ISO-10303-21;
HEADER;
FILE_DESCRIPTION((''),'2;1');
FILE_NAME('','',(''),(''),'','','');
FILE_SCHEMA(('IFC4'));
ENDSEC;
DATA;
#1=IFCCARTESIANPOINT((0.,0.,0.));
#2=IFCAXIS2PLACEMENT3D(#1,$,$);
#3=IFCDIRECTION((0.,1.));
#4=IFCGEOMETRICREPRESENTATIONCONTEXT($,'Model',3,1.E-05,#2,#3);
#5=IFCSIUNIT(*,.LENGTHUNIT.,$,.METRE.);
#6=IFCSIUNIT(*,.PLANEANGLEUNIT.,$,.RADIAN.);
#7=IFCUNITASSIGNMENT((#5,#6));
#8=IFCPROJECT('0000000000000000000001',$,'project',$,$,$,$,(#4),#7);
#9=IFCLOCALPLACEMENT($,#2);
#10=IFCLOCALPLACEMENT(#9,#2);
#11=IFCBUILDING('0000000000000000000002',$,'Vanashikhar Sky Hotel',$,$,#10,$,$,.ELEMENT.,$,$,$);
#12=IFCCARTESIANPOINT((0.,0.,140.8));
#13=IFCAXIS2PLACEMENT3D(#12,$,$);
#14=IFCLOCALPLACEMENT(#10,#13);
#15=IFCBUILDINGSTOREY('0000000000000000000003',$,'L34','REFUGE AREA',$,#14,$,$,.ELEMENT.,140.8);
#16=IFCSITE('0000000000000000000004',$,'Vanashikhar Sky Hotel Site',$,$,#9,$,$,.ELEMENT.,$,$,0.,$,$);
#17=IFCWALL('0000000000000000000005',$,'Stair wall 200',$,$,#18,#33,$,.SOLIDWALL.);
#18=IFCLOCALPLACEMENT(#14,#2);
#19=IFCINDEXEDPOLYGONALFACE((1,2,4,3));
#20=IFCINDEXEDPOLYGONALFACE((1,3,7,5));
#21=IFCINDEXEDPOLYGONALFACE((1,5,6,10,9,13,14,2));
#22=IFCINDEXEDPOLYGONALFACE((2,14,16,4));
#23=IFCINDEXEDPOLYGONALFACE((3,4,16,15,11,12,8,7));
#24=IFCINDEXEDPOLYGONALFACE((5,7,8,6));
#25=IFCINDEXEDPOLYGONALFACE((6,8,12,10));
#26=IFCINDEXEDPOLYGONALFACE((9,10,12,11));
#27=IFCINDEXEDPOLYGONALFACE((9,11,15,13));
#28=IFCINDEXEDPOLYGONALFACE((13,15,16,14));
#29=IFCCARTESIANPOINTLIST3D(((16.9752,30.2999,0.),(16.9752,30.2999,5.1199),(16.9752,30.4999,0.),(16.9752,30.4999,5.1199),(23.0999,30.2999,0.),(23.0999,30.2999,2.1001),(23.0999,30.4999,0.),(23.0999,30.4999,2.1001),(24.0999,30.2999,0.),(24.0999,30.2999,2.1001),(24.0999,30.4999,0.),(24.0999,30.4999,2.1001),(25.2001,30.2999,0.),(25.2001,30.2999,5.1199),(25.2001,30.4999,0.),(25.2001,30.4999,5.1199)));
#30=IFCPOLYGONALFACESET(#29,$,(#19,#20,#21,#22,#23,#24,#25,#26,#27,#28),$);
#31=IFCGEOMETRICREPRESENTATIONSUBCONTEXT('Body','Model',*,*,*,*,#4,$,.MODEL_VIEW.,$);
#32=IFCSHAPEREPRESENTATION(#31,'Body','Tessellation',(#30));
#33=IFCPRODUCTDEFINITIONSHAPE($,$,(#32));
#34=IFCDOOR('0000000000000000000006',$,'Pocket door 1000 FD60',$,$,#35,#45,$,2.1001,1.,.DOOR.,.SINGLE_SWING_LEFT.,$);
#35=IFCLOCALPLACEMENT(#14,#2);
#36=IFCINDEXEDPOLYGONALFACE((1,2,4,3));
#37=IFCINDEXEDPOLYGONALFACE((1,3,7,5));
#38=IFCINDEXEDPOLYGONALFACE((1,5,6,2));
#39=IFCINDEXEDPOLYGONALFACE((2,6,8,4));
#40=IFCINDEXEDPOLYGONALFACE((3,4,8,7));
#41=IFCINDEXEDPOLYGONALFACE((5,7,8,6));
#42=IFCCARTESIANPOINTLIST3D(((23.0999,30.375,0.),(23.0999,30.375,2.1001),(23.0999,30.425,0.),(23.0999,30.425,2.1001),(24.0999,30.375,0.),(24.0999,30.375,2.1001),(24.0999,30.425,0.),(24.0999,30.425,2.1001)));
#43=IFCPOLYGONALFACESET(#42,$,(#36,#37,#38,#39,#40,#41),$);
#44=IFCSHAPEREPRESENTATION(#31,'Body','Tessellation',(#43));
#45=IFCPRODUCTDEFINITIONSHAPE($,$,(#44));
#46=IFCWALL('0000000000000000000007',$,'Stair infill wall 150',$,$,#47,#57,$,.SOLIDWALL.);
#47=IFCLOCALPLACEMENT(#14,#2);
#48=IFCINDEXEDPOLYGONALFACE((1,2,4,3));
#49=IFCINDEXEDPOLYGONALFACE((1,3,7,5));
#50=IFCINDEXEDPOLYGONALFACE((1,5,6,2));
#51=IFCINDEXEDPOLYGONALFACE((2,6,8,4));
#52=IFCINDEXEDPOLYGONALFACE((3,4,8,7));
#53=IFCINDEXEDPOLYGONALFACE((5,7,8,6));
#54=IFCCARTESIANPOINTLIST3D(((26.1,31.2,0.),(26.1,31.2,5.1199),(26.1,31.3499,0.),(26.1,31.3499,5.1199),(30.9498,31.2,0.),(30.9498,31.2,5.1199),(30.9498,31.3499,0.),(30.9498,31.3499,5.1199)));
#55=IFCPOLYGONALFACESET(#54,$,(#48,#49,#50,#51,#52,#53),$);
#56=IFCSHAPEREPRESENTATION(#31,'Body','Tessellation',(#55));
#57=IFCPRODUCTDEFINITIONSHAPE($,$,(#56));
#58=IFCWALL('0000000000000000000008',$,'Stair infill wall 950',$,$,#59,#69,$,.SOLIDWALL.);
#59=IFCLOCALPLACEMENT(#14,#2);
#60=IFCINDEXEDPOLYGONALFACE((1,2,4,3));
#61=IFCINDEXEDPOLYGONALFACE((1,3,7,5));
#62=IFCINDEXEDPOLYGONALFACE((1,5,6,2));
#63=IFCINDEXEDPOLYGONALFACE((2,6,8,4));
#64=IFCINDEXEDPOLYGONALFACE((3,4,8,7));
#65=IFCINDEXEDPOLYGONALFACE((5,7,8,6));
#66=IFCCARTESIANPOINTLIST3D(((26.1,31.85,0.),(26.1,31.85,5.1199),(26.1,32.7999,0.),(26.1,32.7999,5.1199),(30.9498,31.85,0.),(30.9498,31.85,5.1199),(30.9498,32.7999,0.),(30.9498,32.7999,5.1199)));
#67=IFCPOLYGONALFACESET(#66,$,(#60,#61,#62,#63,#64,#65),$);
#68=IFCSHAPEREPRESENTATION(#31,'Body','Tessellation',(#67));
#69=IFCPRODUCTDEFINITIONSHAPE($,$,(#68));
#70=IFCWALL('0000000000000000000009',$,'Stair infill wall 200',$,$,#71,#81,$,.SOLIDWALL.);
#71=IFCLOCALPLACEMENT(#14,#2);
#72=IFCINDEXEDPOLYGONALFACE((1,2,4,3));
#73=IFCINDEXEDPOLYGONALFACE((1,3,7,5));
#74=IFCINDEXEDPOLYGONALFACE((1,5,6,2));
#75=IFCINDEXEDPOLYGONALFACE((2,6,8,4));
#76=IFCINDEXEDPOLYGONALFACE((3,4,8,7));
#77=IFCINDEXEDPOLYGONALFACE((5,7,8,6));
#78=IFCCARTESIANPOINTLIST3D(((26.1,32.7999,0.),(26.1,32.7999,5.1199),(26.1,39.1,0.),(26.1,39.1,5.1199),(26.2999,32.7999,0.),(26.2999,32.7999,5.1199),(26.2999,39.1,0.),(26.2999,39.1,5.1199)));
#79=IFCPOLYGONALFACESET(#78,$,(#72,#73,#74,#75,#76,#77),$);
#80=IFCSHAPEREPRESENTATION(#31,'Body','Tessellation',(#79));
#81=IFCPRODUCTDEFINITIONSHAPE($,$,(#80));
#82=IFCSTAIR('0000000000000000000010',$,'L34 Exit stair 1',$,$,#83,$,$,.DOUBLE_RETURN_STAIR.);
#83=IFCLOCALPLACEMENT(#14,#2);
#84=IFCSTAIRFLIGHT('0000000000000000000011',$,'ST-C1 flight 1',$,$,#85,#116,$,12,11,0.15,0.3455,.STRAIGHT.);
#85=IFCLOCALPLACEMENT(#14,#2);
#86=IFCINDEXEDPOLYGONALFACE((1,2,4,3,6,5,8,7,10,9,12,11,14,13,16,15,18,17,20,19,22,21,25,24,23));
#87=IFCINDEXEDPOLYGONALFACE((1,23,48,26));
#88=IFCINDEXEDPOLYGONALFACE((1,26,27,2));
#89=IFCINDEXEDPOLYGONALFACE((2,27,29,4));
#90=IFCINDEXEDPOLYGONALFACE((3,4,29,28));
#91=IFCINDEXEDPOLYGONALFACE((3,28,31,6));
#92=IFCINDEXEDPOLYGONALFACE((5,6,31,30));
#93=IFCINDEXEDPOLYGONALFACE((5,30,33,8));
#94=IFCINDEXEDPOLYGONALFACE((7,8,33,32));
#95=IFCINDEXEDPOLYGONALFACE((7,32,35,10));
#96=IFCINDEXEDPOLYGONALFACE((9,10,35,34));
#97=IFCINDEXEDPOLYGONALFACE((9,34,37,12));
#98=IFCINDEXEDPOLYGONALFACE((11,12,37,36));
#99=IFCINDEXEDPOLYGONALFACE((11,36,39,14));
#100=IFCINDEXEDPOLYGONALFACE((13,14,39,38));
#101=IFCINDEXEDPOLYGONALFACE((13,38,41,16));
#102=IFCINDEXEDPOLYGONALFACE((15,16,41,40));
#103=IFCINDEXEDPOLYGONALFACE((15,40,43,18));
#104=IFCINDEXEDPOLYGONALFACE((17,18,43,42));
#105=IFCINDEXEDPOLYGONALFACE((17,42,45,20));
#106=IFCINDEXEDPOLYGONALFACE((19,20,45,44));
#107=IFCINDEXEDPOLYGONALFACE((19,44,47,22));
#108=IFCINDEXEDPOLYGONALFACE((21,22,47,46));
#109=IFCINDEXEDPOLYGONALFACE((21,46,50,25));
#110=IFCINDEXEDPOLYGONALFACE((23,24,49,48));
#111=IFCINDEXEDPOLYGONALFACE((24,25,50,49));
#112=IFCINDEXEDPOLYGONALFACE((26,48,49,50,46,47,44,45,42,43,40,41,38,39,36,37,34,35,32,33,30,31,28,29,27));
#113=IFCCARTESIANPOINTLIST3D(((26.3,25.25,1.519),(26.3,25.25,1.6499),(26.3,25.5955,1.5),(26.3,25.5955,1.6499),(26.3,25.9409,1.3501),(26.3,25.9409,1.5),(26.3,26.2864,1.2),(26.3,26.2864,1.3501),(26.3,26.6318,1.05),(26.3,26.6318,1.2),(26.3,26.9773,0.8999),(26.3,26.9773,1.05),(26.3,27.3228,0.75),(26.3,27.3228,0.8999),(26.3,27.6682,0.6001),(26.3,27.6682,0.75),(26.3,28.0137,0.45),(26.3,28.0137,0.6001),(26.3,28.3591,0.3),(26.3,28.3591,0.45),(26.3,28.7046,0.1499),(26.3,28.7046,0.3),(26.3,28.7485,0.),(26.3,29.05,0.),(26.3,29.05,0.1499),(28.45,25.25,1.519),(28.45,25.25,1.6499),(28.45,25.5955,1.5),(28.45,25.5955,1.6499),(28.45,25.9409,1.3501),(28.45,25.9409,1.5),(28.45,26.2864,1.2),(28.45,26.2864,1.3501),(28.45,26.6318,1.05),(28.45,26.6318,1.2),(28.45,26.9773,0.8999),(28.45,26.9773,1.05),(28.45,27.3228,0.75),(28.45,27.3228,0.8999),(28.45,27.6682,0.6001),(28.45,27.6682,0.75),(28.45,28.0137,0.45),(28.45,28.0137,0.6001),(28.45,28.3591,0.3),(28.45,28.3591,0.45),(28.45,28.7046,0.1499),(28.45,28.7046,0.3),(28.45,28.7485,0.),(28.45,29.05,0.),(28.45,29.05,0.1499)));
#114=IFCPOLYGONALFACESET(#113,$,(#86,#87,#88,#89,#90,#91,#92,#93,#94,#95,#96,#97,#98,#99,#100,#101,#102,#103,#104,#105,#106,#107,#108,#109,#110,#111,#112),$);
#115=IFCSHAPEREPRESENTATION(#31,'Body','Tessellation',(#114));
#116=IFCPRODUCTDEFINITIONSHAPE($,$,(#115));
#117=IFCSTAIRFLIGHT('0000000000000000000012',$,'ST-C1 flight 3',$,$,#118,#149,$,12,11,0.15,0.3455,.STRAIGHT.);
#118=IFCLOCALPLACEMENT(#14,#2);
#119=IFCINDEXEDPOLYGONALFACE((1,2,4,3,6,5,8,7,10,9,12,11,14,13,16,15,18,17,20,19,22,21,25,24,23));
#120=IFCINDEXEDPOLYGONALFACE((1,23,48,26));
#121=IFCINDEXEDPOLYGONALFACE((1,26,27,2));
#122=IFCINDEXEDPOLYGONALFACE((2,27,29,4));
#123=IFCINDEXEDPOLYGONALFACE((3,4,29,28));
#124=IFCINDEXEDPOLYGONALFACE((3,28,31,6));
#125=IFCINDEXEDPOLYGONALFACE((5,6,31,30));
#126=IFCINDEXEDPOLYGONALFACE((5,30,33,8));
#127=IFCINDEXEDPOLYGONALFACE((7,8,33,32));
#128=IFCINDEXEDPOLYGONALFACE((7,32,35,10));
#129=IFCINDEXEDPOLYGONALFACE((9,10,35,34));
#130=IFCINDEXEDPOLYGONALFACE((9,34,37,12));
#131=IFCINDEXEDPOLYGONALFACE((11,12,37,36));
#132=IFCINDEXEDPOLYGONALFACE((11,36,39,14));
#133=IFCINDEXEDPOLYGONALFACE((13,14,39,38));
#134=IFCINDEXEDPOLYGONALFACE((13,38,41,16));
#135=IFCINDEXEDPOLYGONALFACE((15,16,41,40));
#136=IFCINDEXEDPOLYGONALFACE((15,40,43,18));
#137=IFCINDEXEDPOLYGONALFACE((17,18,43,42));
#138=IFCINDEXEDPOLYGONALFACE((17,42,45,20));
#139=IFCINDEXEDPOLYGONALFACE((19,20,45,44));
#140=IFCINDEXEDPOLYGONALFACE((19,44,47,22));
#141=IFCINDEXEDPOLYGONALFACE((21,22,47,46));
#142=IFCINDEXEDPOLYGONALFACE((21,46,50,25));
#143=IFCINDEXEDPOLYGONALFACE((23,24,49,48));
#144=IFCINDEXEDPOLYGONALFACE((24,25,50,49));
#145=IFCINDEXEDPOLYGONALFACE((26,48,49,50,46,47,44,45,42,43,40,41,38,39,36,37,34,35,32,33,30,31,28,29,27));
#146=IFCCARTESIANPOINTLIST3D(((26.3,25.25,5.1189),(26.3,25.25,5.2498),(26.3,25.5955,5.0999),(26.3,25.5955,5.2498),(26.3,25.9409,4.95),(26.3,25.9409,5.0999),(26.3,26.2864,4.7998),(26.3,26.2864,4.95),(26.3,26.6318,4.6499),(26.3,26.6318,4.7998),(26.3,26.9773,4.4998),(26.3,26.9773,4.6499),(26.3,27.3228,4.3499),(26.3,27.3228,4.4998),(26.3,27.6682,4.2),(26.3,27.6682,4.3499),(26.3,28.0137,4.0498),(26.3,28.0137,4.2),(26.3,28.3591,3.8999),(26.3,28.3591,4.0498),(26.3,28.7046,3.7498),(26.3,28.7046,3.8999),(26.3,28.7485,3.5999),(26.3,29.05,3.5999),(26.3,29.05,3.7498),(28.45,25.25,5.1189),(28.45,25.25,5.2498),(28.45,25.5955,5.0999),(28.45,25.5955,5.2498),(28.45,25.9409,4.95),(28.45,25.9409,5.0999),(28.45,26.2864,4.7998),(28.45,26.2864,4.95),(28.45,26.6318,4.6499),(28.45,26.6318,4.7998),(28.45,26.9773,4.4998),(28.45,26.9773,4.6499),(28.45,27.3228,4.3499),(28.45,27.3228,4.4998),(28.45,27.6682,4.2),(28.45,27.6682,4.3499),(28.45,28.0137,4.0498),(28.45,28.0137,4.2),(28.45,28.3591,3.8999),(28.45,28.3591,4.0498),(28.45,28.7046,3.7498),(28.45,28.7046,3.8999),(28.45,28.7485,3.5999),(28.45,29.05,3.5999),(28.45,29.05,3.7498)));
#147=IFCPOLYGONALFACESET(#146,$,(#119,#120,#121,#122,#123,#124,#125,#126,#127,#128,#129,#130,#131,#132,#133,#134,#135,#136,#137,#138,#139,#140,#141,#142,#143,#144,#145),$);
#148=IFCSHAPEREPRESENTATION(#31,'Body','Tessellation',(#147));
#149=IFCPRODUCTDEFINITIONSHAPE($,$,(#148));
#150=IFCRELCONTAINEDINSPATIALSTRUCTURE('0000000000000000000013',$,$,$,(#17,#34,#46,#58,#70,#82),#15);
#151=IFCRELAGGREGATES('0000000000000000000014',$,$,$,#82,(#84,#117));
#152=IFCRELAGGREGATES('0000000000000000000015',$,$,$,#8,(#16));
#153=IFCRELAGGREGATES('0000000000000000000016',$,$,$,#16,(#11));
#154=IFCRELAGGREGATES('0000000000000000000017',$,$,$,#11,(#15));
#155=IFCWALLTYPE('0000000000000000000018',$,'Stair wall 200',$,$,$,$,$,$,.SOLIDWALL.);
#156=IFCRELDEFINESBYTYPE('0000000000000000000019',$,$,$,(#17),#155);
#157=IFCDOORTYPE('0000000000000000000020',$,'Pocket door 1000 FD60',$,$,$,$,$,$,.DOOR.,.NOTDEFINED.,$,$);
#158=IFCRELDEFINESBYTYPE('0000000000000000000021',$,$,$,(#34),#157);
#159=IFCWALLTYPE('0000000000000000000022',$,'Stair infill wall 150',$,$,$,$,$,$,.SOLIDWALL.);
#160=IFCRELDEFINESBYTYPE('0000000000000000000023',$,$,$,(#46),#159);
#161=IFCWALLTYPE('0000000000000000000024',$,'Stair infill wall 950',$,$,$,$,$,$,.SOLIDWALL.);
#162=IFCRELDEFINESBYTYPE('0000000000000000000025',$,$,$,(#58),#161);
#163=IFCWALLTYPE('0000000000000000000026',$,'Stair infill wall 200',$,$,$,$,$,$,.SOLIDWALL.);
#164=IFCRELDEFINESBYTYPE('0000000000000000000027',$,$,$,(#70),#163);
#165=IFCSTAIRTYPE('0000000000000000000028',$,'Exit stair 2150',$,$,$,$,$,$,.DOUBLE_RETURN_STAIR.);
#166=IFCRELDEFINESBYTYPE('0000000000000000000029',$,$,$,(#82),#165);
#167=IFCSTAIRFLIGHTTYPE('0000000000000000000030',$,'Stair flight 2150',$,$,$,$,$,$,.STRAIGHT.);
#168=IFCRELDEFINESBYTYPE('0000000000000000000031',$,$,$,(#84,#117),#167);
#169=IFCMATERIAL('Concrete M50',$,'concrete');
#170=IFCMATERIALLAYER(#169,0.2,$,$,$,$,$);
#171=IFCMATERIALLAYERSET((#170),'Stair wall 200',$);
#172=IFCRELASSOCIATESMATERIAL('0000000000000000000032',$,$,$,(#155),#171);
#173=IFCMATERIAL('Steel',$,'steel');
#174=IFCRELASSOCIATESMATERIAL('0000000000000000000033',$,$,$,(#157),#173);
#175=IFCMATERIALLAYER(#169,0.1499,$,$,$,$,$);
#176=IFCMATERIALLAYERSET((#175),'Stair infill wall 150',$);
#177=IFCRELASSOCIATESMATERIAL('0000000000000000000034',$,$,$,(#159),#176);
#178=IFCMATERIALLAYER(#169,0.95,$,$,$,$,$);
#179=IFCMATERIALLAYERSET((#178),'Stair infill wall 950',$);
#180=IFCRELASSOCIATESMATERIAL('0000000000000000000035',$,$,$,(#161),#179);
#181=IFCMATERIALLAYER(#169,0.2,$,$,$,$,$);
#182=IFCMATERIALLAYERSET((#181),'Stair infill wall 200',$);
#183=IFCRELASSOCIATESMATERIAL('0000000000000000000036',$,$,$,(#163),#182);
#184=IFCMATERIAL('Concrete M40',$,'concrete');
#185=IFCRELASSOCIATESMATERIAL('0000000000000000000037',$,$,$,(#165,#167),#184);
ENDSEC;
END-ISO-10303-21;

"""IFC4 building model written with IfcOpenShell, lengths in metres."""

from ifc_helpers import new_model, si_unit, direction, frame, frame_2d, origin, place, context, subcontext, project, spatial, polyline, rectangle, outline, extrude, source, transform, mapped, material, layer, layer_set, type_object, element, fill, aggregate, save


model = new_model("IFC4")

# Units and contexts
model_context = context("Model", 3, precision=1e-05, world=origin(), true_north=direction((0.0, 1.0)))
body_context = subcontext(model_context, "Body", "Model", "MODEL_VIEW")
ifc_project = project(units=[si_unit("LENGTHUNIT", "METRE"), si_unit("PLANEANGLEUNIT", "RADIAN")], contexts=[model_context])

# Site, building, storey
site_placement = place(None, origin())
site = spatial("IfcSite", under=ifc_project, at=site_placement, Name="Vanashikhar Sky Hotel Site", CompositionType="ELEMENT", RefElevation=0.0)
building_placement = place(site_placement, origin())
building = spatial("IfcBuilding", under=site, at=building_placement, Name="Vanashikhar Sky Hotel", CompositionType="ELEMENT")
storey_placement = place(building_placement, frame((0.0, 0.0, 140.8)))
storey = spatial("IfcBuildingStorey", under=building, at=storey_placement, Name="L34", Description="REFUGE AREA", CompositionType="ELEMENT", Elevation=140.8)

# Shared definitions
ifc_material_1 = material(Name="Steel", Category="steel")
shared_shape_1 = source(origin(), body_context, "Body", "SweptSolid", [
    extrude(rectangle(XDim=1.0, YDim=2.1001, at=frame_2d((0.5, 1.05))), frame((0.0, 0.0249, 0.0), z_axis=(0.0, -1.0, 0.0), x_axis=(1.0, 0.0, 0.0)), (0.0, 0.0, 1.0), 0.05),
])

# Shared definitions
ifc_material_2 = material(Name="Concrete M40", Category="concrete")

# Wall, opening, door
ifc_material_3 = material(Name="Concrete M50", Category="concrete")
ifc_layer_1 = layer(ifc_material_3, 0.2)
ifc_layer_set_1 = layer_set([ifc_layer_1], Name="Stair wall 200")
wall_type_1 = type_object("IfcWallType", Name="Stair wall 200", PredefinedType="SOLIDWALL", material=ifc_layer_set_1)
shared_shape_2 = source(origin(), body_context, "Body", "SweptSolid", [
    extrude(rectangle(XDim=8.2249, YDim=0.2, at=frame_2d((4.1123, 0.0))), origin(), (0.0, 0.0, 1.0), 5.1199),
])
wall_1_placement = place(storey_placement, frame((25.2, 30.3999, 0.0), z_axis=(0.0, 0.0, 1.0), x_axis=(-1.0, 0.0, 0.0)))
wall_1 = element("IfcWall", 1, at=wall_1_placement, inside=storey, type_object=wall_type_1, Name="Stair wall 200", PredefinedType="SOLIDWALL", context=body_context, shape_type="MappedRepresentation", body=[
    mapped(shared_shape_2, transform((0.0, 0.0, 0.0), scale=1.0)),
])
shared_shape_3 = source(origin(), body_context, "Body", "SweptSolid", [
    extrude(rectangle(XDim=1.0, YDim=2.1001, at=frame_2d((0.5, 1.05))), frame((0.0, 0.1099, 0.0), z_axis=(0.0, -1.0, 0.0), x_axis=(1.0, 0.0, 0.0)), (0.0, 0.0, 1.0), 0.22),
])
opening_1_placement = place(wall_1_placement, frame((1.1001, 0.0, 0.0)))
opening_1 = element("IfcOpeningElement", 2, at=opening_1_placement, cuts=wall_1, PredefinedType="OPENING", context=body_context, shape_type="MappedRepresentation", body=[
    mapped(shared_shape_3, transform((0.0, 0.0, 0.0), scale=1.0)),
])
door_type_1 = type_object("IfcDoorType", Name="Pocket door 1000 FD60", OperationType="NOTDEFINED", PredefinedType="DOOR", material=ifc_material_1)
door_1_placement = place(opening_1_placement, origin())
door_1 = element("IfcDoor", 3, at=door_1_placement, inside=storey, type_object=door_type_1, Name="Pocket door 1000 FD60", OperationType="SINGLE_SWING_LEFT", OverallHeight=2.1001, OverallWidth=1.0, PredefinedType="DOOR", context=body_context, shape_type="MappedRepresentation", body=[
    mapped(shared_shape_1, transform((0.0, 0.0, 0.0), scale=1.0)),
])
fill(opening_1, door_1)

# Walls
ifc_layer_2 = layer(ifc_material_3, 0.1499)
ifc_layer_set_2 = layer_set([ifc_layer_2], Name="Stair infill wall 150")
wall_type_2 = type_object("IfcWallType", Name="Stair infill wall 150", PredefinedType="SOLIDWALL", material=ifc_layer_set_2)
shared_shape_4 = source(origin(), body_context, "Body", "SweptSolid", [
    extrude(rectangle(XDim=4.8499, YDim=0.1499, at=frame_2d((2.4248, 0.0))), origin(), (0.0, 0.0, 1.0), 5.1199),
])
wall_2_placement = place(storey_placement, frame((26.1001, 31.2749, 0.0), z_axis=(0.0, 0.0, 1.0), x_axis=(1.0, 0.0, 0.0)))
element("IfcWall", 4, at=wall_2_placement, inside=storey, type_object=wall_type_2, Name="Stair infill wall 150", PredefinedType="SOLIDWALL", context=body_context, shape_type="MappedRepresentation", body=[
    mapped(shared_shape_4, transform((0.0, 0.0, 0.0), scale=1.0)),
])
ifc_layer_3 = layer(ifc_material_3, 0.95)
ifc_layer_set_3 = layer_set([ifc_layer_3], Name="Stair infill wall 950")
wall_type_3 = type_object("IfcWallType", Name="Stair infill wall 950", PredefinedType="SOLIDWALL", material=ifc_layer_set_3)
shared_shape_5 = source(origin(), body_context, "Body", "SweptSolid", [
    extrude(rectangle(XDim=4.8499, YDim=0.95, at=frame_2d((2.4248, 0.0))), origin(), (0.0, 0.0, 1.0), 5.1199),
])
wall_3_placement = place(storey_placement, frame((26.1001, 32.325, 0.0), z_axis=(0.0, 0.0, 1.0), x_axis=(1.0, 0.0, 0.0)))
element("IfcWall", 5, at=wall_3_placement, inside=storey, type_object=wall_type_3, Name="Stair infill wall 950", PredefinedType="SOLIDWALL", context=body_context, shape_type="MappedRepresentation", body=[
    mapped(shared_shape_5, transform((0.0, 0.0, 0.0), scale=1.0)),
])
ifc_layer_4 = layer(ifc_material_3, 0.2)
ifc_layer_set_4 = layer_set([ifc_layer_4], Name="Stair infill wall 200")
wall_type_4 = type_object("IfcWallType", Name="Stair infill wall 200", PredefinedType="SOLIDWALL", material=ifc_layer_set_4)
shared_shape_6 = source(origin(), body_context, "Body", "SweptSolid", [
    extrude(rectangle(XDim=6.3, YDim=0.2, at=frame_2d((3.1499, 0.0))), origin(), (0.0, 0.0, 1.0), 5.1199),
])
wall_4_placement = place(storey_placement, frame((26.2, 32.8, 0.0), z_axis=(0.0, 0.0, 1.0), x_axis=(0.0, 1.0, 0.0)))
element("IfcWall", 6, at=wall_4_placement, inside=storey, type_object=wall_type_4, Name="Stair infill wall 200", PredefinedType="SOLIDWALL", context=body_context, shape_type="MappedRepresentation", body=[
    mapped(shared_shape_6, transform((0.0, 0.0, 0.0), scale=1.0)),
])

# Stair, stair flights
stair_type = type_object("IfcStairType", Name="Exit stair 2150", PredefinedType="DOUBLE_RETURN_STAIR", material=ifc_material_2)
stair_placement = place(storey_placement, origin())
stair = element("IfcStair", 7, at=stair_placement, inside=storey, type_object=stair_type, Name="L34 Exit stair 1", PredefinedType="DOUBLE_RETURN_STAIR")
stair_flight_type = type_object("IfcStairFlightType", Name="Stair flight 2150", PredefinedType="STRAIGHT", material=ifc_material_2)
shared_shape_7 = source(origin(), body_context, "Body", "SweptSolid", [
    extrude(outline(polyline([(0.0, 0.0), (0.0, 0.1499), (0.3455, 0.1499), (0.3455, 0.3), (0.6909, 0.3), (0.6909, 0.45), (1.0364, 0.45), (1.0364, 0.6001), (1.3818, 0.6001), (1.3818, 0.75), (1.7273, 0.75), (1.7273, 0.8999), (2.0728, 0.8999), (2.0728, 1.05), (2.4182, 1.05), (2.4182, 1.2), (2.7637, 1.2), (2.7637, 1.3501), (3.1091, 1.3501), (3.1091, 1.5), (3.4546, 1.5), (3.4546, 1.6499), (3.8, 1.6499), (3.8, 1.8), (3.8, 1.519), (0.3015, 0.0), (0.0, 0.0)])), frame((0.0, 1.075, 0.0), z_axis=(0.0, -1.0, 0.0), x_axis=(1.0, 0.0, 0.0)), (0.0, 0.0, 1.0), 2.1499),
])
stair_flight_1_placement = place(storey_placement, frame((27.375, 29.05, 0.0), z_axis=(0.0, 0.0, 1.0), x_axis=(0.0, -1.0, 0.0)))
stair_flight_1 = element("IfcStairFlight", 8, at=stair_flight_1_placement, type_object=stair_flight_type, Name="ST-C1 flight 1", NumberOfRisers=12, NumberOfTreads=11, PredefinedType="STRAIGHT", RiserHeight=0.15, TreadLength=0.3455, context=body_context, shape_type="MappedRepresentation", body=[
    mapped(shared_shape_7, transform((0.0, 0.0, 0.0), scale=1.0)),
])
stair_flight_2_placement = place(storey_placement, frame((27.375, 29.05, 3.5999), z_axis=(0.0, 0.0, 1.0), x_axis=(0.0, -1.0, 0.0)))
stair_flight_2 = element("IfcStairFlight", 9, at=stair_flight_2_placement, type_object=stair_flight_type, Name="ST-C1 flight 3", NumberOfRisers=12, NumberOfTreads=11, PredefinedType="STRAIGHT", RiserHeight=0.15, TreadLength=0.3455, context=body_context, shape_type="MappedRepresentation", body=[
    mapped(shared_shape_7, transform((0.0, 0.0, 0.0), scale=1.0)),
])
aggregate(stair, [stair_flight_1, stair_flight_2])

save(model, "model.ifc")
